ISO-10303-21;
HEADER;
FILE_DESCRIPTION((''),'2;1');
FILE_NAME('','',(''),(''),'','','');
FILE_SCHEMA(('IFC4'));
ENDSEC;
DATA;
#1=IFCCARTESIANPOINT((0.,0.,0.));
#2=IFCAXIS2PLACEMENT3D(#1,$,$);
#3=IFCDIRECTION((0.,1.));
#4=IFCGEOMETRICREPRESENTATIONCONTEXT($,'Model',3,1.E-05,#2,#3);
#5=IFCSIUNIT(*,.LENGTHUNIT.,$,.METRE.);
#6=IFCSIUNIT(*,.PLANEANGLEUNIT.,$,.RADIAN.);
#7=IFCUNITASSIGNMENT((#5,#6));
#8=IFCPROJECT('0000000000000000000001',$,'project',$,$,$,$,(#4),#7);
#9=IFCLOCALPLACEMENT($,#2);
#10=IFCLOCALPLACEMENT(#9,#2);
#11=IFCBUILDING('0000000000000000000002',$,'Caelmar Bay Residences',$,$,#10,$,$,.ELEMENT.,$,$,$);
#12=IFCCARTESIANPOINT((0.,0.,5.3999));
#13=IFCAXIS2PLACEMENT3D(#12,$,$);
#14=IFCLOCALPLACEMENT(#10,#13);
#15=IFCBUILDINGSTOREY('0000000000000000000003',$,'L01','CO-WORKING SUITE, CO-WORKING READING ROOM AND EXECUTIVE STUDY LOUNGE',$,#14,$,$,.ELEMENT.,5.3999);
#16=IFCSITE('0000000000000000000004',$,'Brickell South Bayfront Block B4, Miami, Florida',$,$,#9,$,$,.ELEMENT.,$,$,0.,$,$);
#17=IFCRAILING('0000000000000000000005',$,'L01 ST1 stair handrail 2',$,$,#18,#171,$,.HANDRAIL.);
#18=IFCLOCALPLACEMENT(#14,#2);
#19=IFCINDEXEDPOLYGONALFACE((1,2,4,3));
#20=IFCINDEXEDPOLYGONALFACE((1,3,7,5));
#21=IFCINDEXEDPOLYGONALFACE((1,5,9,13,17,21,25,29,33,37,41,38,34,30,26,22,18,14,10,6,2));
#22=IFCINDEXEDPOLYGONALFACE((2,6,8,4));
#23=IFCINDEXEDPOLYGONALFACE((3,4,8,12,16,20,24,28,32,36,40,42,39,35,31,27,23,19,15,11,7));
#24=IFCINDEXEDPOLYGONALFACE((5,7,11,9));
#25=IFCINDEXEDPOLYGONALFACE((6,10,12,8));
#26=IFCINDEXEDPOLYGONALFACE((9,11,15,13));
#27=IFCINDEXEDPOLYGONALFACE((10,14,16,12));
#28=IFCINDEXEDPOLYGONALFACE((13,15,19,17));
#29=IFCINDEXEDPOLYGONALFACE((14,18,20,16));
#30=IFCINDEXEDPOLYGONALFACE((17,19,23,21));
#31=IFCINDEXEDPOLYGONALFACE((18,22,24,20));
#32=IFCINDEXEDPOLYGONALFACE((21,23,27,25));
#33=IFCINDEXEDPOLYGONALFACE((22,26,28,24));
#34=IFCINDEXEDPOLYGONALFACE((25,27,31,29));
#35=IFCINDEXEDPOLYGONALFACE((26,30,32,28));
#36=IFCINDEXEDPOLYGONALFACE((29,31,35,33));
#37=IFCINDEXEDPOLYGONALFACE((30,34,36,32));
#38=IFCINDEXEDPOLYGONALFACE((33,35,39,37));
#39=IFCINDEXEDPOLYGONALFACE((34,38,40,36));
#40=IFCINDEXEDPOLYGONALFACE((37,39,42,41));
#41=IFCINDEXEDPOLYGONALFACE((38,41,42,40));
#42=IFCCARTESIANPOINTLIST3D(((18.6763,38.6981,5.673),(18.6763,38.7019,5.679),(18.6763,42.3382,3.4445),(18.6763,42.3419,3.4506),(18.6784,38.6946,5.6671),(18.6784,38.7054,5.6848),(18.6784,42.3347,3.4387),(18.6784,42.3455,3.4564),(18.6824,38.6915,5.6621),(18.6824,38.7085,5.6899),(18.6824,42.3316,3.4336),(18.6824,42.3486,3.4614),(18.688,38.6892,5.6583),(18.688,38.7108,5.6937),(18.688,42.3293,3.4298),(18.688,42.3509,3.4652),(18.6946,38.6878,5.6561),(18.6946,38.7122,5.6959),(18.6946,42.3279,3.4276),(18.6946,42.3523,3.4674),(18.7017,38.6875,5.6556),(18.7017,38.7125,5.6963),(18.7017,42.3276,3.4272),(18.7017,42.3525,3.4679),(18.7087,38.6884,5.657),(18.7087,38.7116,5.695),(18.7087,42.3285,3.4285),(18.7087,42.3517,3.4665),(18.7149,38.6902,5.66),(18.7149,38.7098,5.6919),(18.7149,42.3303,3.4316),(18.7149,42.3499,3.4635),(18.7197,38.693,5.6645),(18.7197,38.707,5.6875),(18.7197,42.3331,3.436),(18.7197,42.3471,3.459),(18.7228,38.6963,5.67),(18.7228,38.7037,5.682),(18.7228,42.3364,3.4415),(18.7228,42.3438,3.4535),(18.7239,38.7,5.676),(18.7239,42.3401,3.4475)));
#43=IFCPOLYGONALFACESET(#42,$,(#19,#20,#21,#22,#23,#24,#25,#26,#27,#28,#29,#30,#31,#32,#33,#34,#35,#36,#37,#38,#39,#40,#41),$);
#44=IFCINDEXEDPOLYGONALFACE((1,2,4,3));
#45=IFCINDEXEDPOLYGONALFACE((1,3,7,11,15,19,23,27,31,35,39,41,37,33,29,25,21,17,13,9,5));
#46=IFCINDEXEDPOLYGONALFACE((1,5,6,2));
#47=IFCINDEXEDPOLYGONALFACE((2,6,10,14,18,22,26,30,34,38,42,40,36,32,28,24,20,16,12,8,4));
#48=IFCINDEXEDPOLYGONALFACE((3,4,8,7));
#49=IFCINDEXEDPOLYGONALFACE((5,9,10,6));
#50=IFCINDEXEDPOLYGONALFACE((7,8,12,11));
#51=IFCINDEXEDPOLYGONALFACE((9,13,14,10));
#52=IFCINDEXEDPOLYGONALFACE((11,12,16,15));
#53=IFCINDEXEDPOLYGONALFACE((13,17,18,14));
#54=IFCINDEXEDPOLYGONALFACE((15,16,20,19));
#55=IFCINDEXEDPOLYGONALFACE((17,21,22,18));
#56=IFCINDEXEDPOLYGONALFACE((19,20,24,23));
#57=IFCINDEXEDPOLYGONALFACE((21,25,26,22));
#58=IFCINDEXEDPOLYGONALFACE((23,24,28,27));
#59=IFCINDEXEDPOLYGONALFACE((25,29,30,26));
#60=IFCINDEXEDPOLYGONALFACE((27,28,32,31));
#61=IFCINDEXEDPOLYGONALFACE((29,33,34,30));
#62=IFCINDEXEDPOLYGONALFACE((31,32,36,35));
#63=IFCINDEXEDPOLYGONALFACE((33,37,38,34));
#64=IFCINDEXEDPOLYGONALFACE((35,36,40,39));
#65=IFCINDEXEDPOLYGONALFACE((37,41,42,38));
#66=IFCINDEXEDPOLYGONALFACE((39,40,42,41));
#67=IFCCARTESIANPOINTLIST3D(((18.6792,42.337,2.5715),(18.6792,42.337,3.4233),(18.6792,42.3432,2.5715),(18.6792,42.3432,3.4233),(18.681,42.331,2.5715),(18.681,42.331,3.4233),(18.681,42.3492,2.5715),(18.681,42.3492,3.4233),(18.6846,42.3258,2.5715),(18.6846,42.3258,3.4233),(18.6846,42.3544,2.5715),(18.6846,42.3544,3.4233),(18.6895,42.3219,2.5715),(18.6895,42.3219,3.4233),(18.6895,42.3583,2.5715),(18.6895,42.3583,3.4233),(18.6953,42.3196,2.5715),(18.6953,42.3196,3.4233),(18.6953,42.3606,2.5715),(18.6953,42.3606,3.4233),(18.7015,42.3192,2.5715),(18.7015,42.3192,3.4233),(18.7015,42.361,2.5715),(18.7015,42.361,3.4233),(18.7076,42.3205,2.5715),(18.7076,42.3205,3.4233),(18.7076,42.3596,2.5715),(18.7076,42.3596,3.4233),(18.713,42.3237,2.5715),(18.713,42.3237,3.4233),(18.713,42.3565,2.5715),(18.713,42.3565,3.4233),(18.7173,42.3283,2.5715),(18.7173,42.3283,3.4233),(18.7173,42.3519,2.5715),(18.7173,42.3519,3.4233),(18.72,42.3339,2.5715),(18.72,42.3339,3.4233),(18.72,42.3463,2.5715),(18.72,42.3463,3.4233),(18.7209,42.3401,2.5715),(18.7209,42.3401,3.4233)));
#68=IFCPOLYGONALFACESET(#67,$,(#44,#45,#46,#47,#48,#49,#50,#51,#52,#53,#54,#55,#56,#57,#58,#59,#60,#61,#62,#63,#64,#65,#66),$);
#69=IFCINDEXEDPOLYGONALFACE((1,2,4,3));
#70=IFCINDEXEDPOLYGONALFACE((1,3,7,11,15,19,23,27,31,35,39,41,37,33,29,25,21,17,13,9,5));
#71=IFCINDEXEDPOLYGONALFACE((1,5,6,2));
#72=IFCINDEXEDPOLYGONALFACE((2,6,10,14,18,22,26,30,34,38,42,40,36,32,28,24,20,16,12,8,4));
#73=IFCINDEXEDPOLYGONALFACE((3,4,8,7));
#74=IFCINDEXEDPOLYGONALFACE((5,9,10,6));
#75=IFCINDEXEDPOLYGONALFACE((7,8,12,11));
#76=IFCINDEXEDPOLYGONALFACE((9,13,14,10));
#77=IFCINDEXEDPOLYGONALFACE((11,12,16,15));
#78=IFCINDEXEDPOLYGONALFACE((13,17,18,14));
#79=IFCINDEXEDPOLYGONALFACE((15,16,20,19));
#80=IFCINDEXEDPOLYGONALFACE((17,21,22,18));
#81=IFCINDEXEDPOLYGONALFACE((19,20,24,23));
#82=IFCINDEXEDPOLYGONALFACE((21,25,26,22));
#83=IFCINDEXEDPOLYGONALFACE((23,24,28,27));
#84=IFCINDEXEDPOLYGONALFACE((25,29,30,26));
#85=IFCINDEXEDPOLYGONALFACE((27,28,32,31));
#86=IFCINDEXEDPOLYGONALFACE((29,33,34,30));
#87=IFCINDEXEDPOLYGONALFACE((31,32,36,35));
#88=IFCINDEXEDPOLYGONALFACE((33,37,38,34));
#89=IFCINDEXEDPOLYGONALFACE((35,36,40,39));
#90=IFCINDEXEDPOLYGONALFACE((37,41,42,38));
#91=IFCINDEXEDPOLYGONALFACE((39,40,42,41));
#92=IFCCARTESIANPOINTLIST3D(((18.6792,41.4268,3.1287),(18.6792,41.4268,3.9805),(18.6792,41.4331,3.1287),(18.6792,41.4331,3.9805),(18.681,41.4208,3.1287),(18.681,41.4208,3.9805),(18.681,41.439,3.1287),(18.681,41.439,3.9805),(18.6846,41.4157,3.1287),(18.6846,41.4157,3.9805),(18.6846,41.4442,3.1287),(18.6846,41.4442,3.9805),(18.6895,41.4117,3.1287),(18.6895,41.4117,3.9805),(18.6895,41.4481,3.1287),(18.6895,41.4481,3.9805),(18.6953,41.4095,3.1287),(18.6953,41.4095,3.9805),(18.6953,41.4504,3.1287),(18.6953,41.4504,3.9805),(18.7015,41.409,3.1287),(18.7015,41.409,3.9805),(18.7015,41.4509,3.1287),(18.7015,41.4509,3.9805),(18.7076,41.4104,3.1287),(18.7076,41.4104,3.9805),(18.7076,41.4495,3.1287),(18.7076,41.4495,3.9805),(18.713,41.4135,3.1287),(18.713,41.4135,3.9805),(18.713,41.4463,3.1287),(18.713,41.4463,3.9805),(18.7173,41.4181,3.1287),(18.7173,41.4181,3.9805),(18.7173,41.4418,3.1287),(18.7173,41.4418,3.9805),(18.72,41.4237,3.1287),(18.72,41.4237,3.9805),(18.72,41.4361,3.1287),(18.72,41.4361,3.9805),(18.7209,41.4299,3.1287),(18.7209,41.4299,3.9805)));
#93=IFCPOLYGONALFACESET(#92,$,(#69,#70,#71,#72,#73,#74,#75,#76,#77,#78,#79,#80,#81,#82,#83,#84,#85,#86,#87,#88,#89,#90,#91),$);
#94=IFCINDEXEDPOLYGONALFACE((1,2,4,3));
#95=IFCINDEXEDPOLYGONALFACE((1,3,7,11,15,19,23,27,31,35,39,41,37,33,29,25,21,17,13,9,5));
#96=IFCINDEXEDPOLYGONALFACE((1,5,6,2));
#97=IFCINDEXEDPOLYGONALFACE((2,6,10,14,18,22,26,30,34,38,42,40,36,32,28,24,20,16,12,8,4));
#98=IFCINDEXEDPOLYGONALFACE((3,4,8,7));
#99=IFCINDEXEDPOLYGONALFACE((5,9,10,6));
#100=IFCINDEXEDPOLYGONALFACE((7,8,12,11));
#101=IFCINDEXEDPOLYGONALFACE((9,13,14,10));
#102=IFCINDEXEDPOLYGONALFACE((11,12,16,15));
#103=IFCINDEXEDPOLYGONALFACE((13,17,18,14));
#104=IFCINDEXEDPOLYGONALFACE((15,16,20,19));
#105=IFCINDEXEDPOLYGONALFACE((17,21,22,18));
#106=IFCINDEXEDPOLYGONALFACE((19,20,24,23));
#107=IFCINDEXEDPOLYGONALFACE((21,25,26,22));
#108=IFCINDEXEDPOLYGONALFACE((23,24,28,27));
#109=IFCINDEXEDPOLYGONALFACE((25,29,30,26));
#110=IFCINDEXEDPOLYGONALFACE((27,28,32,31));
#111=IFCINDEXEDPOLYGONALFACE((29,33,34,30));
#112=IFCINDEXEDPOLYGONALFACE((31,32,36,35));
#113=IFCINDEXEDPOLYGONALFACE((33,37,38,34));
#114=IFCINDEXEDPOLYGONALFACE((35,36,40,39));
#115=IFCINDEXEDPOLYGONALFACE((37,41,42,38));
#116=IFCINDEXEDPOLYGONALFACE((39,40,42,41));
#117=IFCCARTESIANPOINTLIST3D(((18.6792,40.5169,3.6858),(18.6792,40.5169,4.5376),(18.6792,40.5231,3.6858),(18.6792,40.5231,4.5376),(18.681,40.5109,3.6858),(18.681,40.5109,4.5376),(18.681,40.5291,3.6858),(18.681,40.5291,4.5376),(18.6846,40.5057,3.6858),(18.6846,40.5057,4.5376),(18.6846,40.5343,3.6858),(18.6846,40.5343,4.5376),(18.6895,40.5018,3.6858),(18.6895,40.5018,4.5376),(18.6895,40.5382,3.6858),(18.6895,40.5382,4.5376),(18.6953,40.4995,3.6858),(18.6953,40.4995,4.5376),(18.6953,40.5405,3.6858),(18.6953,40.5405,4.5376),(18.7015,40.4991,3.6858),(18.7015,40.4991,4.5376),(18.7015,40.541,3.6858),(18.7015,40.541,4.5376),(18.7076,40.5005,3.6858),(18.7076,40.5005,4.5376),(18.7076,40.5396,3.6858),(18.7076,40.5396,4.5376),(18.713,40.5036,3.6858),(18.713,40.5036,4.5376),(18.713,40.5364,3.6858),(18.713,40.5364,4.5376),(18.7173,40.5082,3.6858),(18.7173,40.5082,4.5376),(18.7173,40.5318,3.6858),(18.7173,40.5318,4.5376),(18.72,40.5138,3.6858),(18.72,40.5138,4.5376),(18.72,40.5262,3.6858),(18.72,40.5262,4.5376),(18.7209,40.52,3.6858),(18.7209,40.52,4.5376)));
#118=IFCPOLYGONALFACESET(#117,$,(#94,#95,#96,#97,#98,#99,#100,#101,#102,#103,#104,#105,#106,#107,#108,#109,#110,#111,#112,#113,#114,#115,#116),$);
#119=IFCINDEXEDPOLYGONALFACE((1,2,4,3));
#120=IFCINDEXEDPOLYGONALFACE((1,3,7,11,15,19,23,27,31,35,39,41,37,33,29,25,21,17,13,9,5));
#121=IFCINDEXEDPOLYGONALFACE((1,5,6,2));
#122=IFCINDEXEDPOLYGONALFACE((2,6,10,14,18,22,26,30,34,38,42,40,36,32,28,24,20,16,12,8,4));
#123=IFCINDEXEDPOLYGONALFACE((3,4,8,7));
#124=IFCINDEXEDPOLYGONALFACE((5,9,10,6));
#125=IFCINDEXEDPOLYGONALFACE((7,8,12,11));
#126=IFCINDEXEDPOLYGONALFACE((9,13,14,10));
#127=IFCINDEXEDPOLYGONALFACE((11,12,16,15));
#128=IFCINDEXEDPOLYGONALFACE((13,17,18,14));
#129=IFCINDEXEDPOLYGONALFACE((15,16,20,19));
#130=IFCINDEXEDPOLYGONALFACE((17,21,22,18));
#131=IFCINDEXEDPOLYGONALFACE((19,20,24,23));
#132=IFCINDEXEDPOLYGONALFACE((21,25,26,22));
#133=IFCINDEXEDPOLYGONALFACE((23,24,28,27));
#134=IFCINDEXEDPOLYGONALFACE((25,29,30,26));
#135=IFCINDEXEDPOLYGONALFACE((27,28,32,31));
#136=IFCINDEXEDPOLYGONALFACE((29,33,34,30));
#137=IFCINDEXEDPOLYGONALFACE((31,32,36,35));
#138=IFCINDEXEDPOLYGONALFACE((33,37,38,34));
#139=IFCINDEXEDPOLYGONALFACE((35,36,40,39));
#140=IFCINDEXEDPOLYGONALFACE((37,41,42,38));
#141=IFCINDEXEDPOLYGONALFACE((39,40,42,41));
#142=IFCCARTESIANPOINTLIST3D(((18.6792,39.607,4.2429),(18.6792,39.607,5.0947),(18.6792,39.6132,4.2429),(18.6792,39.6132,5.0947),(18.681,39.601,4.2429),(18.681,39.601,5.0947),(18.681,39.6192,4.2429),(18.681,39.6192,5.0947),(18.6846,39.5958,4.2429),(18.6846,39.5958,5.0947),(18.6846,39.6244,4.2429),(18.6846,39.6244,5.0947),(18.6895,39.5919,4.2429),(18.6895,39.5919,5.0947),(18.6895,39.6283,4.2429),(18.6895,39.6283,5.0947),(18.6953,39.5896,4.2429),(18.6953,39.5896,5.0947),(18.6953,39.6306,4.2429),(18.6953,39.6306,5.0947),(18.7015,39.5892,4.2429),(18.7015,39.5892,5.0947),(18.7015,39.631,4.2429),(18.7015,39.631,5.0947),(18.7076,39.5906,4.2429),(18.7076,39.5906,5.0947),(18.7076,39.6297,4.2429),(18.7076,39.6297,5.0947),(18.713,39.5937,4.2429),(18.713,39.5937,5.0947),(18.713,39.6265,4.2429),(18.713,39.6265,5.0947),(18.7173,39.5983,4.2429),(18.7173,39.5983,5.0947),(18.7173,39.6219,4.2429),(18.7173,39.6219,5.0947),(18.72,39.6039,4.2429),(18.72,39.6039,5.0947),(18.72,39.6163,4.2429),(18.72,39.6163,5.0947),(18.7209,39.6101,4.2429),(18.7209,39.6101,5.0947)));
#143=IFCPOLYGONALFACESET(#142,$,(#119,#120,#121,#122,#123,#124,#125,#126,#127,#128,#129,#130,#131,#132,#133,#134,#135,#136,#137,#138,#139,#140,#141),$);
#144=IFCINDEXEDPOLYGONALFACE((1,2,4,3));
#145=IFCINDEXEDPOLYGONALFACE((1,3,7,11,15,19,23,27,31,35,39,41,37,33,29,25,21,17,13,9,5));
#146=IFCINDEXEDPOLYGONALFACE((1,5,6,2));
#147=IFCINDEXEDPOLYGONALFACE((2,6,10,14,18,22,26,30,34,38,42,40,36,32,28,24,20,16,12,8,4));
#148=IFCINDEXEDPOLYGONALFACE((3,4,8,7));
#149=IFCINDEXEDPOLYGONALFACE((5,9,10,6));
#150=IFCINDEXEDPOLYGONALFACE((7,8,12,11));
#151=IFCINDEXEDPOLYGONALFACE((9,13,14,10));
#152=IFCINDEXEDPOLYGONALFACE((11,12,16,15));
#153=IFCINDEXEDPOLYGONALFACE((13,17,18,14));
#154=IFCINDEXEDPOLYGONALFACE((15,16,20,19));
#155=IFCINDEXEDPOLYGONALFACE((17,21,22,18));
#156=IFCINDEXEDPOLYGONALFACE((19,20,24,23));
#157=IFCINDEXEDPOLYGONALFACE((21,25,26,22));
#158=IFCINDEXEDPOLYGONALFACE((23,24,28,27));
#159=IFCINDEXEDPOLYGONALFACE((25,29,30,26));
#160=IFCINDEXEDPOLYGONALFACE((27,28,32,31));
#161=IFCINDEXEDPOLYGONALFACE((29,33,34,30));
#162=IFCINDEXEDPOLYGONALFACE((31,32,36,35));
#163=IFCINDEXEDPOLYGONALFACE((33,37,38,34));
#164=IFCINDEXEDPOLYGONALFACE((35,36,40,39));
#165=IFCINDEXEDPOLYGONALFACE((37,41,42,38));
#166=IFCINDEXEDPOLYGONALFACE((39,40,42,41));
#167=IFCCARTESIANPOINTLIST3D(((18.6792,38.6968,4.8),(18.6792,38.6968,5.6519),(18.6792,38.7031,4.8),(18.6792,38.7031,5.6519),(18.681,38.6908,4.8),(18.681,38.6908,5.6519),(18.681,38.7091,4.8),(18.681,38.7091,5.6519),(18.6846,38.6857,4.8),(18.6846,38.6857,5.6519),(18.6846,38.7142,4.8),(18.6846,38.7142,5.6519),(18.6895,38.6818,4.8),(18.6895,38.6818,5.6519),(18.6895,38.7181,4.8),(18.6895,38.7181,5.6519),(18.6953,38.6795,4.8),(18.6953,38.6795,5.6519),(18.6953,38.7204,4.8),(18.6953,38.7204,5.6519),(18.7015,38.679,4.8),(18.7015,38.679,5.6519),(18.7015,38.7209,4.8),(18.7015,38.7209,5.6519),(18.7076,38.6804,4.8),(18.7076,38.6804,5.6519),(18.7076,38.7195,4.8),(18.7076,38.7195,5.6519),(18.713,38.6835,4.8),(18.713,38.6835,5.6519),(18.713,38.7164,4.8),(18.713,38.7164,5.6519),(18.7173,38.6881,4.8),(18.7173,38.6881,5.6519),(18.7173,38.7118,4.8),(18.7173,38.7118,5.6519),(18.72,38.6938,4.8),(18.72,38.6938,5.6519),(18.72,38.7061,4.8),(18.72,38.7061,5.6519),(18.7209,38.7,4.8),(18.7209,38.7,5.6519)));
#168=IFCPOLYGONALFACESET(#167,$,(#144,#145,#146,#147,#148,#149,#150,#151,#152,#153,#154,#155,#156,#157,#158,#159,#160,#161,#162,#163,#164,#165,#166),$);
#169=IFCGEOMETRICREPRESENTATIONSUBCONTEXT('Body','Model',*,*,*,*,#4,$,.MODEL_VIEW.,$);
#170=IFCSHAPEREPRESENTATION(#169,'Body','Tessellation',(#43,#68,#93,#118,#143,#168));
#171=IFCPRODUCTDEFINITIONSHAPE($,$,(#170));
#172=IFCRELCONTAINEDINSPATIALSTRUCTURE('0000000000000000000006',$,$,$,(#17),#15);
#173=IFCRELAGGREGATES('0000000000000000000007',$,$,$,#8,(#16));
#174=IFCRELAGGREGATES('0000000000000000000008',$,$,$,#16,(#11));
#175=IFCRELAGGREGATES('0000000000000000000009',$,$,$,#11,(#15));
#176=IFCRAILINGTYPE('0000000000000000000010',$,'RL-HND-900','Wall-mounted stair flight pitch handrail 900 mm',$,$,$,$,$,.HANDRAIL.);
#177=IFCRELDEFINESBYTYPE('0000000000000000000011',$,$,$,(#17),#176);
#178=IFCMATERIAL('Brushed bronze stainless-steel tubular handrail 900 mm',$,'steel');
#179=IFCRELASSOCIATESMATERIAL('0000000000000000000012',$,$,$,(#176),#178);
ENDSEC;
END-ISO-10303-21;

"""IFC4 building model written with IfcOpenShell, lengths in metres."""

from ifc_helpers import new_model, si_unit, direction, frame, origin, origin_2d, place, context, subcontext, project, spatial, circle, extrude, material, type_object, element, save


model = new_model("IFC4")

# Units and contexts
model_context = context("Model", 3, precision=1e-05, world=origin(), true_north=direction((0.0, 1.0)))
body_context = subcontext(model_context, "Body", "Model", "MODEL_VIEW")
ifc_project = project(units=[si_unit("LENGTHUNIT", "METRE"), si_unit("PLANEANGLEUNIT", "RADIAN")], contexts=[model_context])

# Site, building, storey
site_placement = place(None, origin())
site = spatial("IfcSite", under=ifc_project, at=site_placement, Name="Brickell South Bayfront Block B4, Miami, Florida", CompositionType="ELEMENT", RefElevation=0.0)
building_placement = place(site_placement, origin())
building = spatial("IfcBuilding", under=site, at=building_placement, Name="Caelmar Bay Residences", CompositionType="ELEMENT")
storey_placement = place(building_placement, frame((0.0, 0.0, 5.3999)))
storey = spatial("IfcBuildingStorey", under=building, at=storey_placement, Name="L01", Description="CO-WORKING SUITE, CO-WORKING READING ROOM AND EXECUTIVE STUDY LOUNGE", CompositionType="ELEMENT", Elevation=5.3999)

# Railing
ifc_material_1 = material(Name="Brushed bronze stainless-steel tubular handrail 900 mm", Category="steel")
railing_type_1 = type_object("IfcRailingType", Name="RL-HND-900", Description="Wall-mounted stair flight pitch handrail 900 mm", PredefinedType="HANDRAIL", material=ifc_material_1)
railing_1_placement = place(storey_placement, frame((18.7, 42.3401, 2.5715)))
element("IfcRailing", 1, at=railing_1_placement, inside=storey, type_object=railing_type_1, Name="L01 ST1 stair handrail 2", PredefinedType="HANDRAIL", context=body_context, shape_type="SweptSolid", body=[
    extrude(circle(Radius=0.0239, at=origin_2d()), frame((0.0, 0.0, 0.876), z_axis=(0.0, -0.852866, 0.52213), x_axis=(1.0, 0.0, 0.0)), (0.0, 0.0, 1.0), 4.2681),
    extrude(circle(Radius=0.021, at=origin_2d()), origin(), (0.0, 0.0, 1.0), 0.8518),
    extrude(circle(Radius=0.021, at=origin_2d()), frame((0.0, -0.9102, 0.5571)), (0.0, 0.0, 1.0), 0.8518),
    extrude(circle(Radius=0.021, at=origin_2d()), frame((0.0, -1.8201, 1.1143)), (0.0, 0.0, 1.0), 0.8518),
    extrude(circle(Radius=0.021, at=origin_2d()), frame((0.0, -2.73, 1.6714)), (0.0, 0.0, 1.0), 0.8518),
    extrude(circle(Radius=0.021, at=origin_2d()), frame((0.0, -3.6401, 2.2285)), (0.0, 0.0, 1.0), 0.8518),
])

save(model, "model.ifc")
